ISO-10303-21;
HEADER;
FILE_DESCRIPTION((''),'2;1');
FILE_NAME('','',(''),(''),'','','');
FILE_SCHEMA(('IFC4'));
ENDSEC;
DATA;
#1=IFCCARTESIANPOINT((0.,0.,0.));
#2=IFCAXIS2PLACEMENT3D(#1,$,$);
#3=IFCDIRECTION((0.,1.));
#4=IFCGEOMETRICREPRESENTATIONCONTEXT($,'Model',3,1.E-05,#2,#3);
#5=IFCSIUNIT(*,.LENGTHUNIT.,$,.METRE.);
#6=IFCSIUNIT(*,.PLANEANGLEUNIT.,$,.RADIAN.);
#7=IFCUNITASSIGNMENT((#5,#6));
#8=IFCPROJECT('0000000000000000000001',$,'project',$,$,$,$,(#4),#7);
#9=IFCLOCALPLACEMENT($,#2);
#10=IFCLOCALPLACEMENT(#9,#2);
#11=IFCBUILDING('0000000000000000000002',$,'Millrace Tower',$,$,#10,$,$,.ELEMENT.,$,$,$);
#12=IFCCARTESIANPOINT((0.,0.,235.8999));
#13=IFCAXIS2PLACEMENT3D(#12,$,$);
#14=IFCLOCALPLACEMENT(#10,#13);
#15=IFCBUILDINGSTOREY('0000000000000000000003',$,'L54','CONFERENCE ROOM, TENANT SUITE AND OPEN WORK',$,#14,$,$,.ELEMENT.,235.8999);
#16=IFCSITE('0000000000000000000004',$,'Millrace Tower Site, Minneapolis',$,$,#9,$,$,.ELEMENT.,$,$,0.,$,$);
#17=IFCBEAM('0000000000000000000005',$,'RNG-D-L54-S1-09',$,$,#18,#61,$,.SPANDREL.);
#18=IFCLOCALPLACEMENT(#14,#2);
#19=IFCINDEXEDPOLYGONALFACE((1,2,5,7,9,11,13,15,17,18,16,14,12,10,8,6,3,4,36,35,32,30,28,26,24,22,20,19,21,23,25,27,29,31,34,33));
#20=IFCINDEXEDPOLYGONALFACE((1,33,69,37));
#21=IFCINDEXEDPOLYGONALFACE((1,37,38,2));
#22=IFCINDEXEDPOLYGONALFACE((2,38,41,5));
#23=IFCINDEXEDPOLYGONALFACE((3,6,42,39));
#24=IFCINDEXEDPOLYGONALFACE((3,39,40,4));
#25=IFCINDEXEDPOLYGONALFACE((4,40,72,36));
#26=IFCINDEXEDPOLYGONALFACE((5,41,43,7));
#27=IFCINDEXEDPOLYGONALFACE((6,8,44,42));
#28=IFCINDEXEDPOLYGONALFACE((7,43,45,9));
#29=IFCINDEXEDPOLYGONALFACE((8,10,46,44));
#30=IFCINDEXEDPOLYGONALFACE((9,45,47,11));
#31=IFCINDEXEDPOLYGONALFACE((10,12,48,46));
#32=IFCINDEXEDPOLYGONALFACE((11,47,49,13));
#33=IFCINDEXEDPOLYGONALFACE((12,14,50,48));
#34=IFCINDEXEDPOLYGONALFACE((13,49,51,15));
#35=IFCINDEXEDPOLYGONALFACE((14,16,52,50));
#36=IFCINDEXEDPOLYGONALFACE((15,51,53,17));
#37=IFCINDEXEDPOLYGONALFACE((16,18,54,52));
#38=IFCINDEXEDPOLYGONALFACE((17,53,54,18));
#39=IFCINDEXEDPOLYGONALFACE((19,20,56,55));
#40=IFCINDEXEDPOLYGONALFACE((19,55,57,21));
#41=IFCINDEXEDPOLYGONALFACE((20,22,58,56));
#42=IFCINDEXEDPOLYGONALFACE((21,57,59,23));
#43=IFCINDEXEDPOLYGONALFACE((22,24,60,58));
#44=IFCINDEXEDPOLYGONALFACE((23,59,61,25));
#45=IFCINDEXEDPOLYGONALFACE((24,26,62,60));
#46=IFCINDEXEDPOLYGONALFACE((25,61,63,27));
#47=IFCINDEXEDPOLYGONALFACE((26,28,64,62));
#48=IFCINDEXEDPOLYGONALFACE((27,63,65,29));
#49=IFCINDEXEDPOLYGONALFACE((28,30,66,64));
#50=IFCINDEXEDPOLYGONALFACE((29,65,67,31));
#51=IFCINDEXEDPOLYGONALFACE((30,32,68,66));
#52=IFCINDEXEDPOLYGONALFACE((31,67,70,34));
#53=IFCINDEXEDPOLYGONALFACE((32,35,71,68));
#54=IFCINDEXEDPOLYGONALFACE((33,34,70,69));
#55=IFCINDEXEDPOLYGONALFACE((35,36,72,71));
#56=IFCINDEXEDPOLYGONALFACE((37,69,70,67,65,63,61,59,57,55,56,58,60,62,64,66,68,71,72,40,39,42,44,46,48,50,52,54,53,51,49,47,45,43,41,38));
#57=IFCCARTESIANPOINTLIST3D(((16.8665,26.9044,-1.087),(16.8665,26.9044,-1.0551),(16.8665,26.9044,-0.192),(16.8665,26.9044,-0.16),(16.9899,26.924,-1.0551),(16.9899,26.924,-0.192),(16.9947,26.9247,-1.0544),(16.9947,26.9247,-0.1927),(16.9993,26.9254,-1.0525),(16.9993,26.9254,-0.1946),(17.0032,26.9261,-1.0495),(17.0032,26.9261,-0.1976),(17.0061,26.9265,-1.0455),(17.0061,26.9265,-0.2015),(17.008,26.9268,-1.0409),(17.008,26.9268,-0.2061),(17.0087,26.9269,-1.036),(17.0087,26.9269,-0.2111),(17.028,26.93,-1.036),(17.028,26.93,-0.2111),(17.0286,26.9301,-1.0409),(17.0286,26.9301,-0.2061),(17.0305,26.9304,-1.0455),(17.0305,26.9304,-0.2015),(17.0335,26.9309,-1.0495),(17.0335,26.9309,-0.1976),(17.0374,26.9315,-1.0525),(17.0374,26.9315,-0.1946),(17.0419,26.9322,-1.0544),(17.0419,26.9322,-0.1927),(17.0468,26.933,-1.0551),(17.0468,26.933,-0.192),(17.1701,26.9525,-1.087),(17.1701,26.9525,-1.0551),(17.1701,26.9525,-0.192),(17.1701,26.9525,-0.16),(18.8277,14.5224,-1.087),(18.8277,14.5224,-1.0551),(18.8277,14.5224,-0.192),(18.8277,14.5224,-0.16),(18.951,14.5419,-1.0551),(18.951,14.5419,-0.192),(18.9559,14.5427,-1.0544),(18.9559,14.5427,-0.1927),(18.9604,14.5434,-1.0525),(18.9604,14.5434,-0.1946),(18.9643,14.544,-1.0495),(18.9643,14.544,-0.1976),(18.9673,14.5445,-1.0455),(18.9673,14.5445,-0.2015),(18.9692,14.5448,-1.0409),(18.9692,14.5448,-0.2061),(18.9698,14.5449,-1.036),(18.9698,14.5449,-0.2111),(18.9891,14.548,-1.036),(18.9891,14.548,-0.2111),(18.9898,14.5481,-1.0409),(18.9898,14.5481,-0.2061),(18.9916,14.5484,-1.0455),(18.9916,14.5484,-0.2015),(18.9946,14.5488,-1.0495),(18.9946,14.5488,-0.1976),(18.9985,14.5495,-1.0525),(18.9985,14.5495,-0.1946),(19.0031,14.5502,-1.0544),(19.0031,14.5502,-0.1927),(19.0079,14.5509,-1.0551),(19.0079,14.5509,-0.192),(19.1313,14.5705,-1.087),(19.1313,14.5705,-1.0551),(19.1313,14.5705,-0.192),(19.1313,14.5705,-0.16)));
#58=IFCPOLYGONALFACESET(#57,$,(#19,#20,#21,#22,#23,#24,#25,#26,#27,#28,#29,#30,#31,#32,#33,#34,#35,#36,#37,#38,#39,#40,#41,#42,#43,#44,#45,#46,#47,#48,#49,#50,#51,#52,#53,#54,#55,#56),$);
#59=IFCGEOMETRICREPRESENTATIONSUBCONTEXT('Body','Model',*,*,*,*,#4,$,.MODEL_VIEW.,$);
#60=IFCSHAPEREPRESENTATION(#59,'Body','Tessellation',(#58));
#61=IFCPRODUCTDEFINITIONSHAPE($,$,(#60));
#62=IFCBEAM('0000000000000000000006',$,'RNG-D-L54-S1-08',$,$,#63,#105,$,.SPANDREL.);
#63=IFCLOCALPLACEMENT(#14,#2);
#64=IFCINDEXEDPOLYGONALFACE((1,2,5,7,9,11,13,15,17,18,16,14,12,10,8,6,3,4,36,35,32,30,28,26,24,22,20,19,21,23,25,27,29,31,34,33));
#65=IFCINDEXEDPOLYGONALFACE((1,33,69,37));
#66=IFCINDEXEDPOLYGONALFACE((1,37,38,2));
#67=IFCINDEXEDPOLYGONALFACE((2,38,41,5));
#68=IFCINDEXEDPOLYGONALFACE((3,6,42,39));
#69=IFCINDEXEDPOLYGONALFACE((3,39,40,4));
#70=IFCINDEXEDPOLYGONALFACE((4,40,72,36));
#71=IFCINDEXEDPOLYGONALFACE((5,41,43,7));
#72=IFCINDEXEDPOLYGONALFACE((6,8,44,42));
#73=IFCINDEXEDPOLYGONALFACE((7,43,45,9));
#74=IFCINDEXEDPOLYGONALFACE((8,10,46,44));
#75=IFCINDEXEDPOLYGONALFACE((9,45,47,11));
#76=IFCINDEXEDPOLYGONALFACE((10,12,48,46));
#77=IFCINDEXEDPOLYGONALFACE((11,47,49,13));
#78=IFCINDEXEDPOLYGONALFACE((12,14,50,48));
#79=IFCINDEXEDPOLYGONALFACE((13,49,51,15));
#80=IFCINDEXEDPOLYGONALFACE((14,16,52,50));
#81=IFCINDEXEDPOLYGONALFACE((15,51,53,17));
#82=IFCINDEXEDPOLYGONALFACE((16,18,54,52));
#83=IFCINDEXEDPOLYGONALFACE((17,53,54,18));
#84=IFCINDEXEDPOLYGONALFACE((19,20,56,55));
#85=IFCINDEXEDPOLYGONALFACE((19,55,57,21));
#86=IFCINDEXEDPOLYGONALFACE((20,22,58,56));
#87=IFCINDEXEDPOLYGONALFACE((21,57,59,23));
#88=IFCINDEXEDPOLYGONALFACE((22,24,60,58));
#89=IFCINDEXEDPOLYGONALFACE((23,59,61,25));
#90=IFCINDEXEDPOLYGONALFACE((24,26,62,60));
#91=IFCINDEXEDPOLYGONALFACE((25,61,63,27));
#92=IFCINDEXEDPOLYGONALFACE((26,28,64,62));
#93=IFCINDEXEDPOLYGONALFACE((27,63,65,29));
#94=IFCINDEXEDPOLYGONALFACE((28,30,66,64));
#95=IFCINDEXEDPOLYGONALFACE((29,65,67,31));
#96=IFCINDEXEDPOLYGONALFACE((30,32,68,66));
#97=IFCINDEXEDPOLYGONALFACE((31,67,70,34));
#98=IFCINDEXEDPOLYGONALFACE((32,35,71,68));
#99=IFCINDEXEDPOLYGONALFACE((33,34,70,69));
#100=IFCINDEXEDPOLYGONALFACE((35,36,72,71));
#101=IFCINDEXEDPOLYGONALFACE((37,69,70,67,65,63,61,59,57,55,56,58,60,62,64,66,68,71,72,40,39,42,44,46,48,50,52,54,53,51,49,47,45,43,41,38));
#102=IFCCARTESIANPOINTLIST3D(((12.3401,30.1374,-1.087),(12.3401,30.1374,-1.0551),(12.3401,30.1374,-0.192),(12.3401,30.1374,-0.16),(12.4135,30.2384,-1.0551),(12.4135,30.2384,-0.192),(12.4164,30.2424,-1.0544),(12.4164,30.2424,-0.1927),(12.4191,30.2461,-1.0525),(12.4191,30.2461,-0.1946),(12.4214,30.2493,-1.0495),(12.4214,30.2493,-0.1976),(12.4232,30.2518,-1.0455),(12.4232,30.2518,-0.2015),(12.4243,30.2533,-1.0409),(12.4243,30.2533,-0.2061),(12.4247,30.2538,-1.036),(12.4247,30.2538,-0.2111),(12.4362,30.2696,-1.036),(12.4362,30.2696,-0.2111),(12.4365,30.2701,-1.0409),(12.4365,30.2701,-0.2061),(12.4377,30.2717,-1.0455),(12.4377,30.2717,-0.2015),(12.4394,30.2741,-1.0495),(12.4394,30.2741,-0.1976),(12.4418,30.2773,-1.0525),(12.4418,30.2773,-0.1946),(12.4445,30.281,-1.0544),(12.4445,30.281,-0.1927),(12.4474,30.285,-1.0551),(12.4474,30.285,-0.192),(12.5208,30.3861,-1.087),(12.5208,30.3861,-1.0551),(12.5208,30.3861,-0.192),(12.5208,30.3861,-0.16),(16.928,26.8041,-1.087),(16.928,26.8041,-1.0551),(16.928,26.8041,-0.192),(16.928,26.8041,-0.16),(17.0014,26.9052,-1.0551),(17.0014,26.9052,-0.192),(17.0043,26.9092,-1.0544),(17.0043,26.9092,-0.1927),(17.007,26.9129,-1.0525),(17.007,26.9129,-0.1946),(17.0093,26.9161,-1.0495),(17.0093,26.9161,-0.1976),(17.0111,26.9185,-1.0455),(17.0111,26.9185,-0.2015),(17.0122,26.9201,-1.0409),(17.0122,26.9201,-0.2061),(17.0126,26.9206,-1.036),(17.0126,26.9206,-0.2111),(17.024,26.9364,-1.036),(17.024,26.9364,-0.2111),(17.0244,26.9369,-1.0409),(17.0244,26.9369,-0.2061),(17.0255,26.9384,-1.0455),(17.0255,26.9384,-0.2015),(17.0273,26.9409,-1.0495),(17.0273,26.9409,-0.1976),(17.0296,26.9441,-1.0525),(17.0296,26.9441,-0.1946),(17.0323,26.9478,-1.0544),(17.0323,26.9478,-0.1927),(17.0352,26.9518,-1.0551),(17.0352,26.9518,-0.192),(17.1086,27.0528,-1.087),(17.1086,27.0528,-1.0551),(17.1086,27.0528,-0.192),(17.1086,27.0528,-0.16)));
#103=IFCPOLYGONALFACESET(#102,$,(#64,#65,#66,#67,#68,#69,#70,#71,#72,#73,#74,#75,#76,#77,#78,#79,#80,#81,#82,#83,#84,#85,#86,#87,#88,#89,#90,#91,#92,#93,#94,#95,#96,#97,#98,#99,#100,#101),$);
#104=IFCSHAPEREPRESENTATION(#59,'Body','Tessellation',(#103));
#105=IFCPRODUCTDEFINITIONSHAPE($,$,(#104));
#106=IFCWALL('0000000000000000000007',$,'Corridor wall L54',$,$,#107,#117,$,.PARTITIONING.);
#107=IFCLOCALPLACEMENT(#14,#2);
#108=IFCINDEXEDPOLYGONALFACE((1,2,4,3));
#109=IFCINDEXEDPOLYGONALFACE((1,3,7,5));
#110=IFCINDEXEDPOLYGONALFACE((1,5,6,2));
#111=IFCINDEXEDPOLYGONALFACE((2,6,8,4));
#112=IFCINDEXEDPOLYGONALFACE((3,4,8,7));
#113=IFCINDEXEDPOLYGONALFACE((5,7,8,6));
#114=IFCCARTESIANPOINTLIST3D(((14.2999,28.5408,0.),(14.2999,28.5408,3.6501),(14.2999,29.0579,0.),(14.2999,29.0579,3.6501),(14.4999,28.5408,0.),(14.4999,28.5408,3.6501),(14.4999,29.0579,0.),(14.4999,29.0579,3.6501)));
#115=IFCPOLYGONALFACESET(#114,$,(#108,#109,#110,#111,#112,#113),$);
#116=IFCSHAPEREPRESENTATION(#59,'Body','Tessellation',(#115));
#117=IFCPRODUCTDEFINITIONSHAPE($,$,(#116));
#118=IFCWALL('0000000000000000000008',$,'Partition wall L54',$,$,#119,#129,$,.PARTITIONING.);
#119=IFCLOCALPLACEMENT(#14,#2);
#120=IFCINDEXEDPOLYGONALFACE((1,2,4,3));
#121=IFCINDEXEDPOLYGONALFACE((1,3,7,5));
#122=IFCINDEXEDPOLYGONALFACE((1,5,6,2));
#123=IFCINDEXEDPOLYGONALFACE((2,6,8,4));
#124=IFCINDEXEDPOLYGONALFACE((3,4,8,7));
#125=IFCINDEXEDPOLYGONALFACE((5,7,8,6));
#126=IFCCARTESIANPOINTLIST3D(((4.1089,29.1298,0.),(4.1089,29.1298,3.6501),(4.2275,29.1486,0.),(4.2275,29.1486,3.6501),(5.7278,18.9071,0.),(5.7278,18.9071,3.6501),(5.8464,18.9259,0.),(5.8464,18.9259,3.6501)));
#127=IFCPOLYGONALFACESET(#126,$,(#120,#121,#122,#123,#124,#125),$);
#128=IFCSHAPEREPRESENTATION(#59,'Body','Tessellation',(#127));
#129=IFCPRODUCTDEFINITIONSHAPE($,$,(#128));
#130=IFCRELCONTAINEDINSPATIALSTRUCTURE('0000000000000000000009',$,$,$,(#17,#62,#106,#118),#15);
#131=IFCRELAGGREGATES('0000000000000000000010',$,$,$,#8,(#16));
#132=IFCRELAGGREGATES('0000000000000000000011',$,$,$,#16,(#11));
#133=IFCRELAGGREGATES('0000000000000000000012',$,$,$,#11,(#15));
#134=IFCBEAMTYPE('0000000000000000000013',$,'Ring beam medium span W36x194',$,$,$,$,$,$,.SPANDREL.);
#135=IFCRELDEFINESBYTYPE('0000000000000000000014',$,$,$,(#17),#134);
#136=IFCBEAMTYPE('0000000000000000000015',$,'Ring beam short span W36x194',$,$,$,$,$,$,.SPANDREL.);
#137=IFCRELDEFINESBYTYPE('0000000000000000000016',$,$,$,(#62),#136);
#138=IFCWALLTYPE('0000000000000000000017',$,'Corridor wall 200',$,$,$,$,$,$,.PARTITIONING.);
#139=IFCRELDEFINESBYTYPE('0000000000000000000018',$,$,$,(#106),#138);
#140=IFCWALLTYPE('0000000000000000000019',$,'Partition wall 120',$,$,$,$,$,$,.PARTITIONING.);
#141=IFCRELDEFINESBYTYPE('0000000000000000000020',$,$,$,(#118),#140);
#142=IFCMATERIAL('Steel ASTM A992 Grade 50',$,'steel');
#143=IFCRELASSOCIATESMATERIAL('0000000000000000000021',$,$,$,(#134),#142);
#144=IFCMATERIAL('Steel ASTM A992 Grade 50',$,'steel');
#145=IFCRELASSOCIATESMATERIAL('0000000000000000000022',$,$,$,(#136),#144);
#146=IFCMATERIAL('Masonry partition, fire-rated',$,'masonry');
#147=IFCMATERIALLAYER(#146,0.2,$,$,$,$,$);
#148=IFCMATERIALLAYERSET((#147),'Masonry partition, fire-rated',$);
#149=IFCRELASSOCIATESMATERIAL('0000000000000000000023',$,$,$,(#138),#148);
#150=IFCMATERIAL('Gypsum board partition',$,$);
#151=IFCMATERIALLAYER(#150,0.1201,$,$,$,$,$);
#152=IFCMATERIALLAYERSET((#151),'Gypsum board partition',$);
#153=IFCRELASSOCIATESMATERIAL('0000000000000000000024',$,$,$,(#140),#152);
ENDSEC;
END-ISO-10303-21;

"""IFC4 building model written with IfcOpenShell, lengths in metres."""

from ifc_helpers import new_model, si_unit, direction, frame, frame_2d, origin, origin_2d, place, context, subcontext, project, spatial, rectangle, i_section, extrude, material, layer, layer_set, material_profile, profile_set, type_object, element, save


model = new_model("IFC4")

# Units and contexts
model_context = context("Model", 3, precision=1e-05, world=origin(), true_north=direction((0.0, 1.0)))
body_context = subcontext(model_context, "Body", "Model", "MODEL_VIEW")
ifc_project = project(units=[si_unit("LENGTHUNIT", "METRE"), si_unit("PLANEANGLEUNIT", "RADIAN")], contexts=[model_context])

# Site, building, storey
site_placement = place(None, origin())
site = spatial("IfcSite", under=ifc_project, at=site_placement, Name="Millrace Tower Site, Minneapolis", CompositionType="ELEMENT", RefElevation=0.0)
building_placement = place(site_placement, origin())
building = spatial("IfcBuilding", under=site, at=building_placement, Name="Millrace Tower", CompositionType="ELEMENT")
storey_placement = place(building_placement, frame((0.0, 0.0, 235.8999)))
storey = spatial("IfcBuildingStorey", under=building, at=storey_placement, Name="L54", Description="CONFERENCE ROOM, TENANT SUITE AND OPEN WORK", CompositionType="ELEMENT", Elevation=235.8999)

# Beams
ifc_material_1 = material(Name="Steel ASTM A992 Grade 50", Category="steel")
ifc_material_profile_1 = material_profile(ifc_material_1, i_section(OverallWidth=0.3074, OverallDepth=0.927, WebThickness=0.0195, FlangeThickness=0.032, FilletRadius=0.019, at=origin_2d()))
ifc_profile_set_1 = profile_set([ifc_material_profile_1], Name="Steel ASTM A992 Grade 50")
beam_type_1 = type_object("IfcBeamType", Name="Ring beam medium span W36x194", PredefinedType="SPANDREL", material=ifc_profile_set_1)
beam_1_placement = place(storey_placement, frame((17.0183, 26.9285, -0.6235), z_axis=(0.156439, -0.987688, 0.0), x_axis=(0.987688, 0.156439, 0.0)))
element("IfcBeam", 1, at=beam_1_placement, inside=storey, type_object=beam_type_1, Name="RNG-D-L54-S1-09", PredefinedType="SPANDREL", context=body_context, shape_type="SweptSolid", body=[
    extrude(i_section(OverallWidth=0.3074, OverallDepth=0.927, WebThickness=0.0195, FlangeThickness=0.032, FilletRadius=0.019, at=origin_2d()), origin(), (0.0, 0.0, 1.0), 12.5364),
])
ifc_material_2 = material(Name="Steel ASTM A992 Grade 50", Category="steel")
ifc_material_profile_2 = material_profile(ifc_material_2, i_section(OverallWidth=0.3074, OverallDepth=0.927, WebThickness=0.0195, FlangeThickness=0.032, FilletRadius=0.019, at=origin_2d()))
ifc_profile_set_2 = profile_set([ifc_material_profile_2], Name="Steel ASTM A992 Grade 50")
beam_type_2 = type_object("IfcBeamType", Name="Ring beam short span W36x194", PredefinedType="SPANDREL", material=ifc_profile_set_2)
beam_2_placement = place(storey_placement, frame((12.4304, 30.2617, -0.6235), z_axis=(0.809021, -0.58778, 0.0), x_axis=(0.58778, 0.809021, 0.0)))
element("IfcBeam", 2, at=beam_2_placement, inside=storey, type_object=beam_type_2, Name="RNG-D-L54-S1-08", PredefinedType="SPANDREL", context=body_context, shape_type="SweptSolid", body=[
    extrude(i_section(OverallWidth=0.3074, OverallDepth=0.927, WebThickness=0.0195, FlangeThickness=0.032, FilletRadius=0.019, at=origin_2d()), origin(), (0.0, 0.0, 1.0), 5.6709),
])

# Walls
ifc_material_3 = material(Name="Masonry partition, fire-rated", Category="masonry")
ifc_layer_1 = layer(ifc_material_3, 0.2)
ifc_layer_set_1 = layer_set([ifc_layer_1], Name="Masonry partition, fire-rated")
wall_type_1 = type_object("IfcWallType", Name="Corridor wall 200", PredefinedType="PARTITIONING", material=ifc_layer_set_1)
wall_1_placement = place(storey_placement, frame((14.3999, 28.5408, 0.0), z_axis=(0.0, 0.0, 1.0), x_axis=(0.0, 1.0, 0.0)))
element("IfcWall", 3, at=wall_1_placement, inside=storey, type_object=wall_type_1, Name="Corridor wall L54", PredefinedType="PARTITIONING", context=body_context, shape_type="SweptSolid", body=[
    extrude(rectangle(XDim=0.5171, YDim=0.2, at=frame_2d((0.2585, 0.0))), origin(), (0.0, 0.0, 1.0), 3.6501),
])
ifc_material_4 = material(Name="Gypsum board partition")
ifc_layer_2 = layer(ifc_material_4, 0.1201)
ifc_layer_set_2 = layer_set([ifc_layer_2], Name="Gypsum board partition")
wall_type_2 = type_object("IfcWallType", Name="Partition wall 120", PredefinedType="PARTITIONING", material=ifc_layer_set_2)
wall_2_placement = place(storey_placement, frame((4.1682, 29.1392, 0.0), z_axis=(0.0, 0.0, 1.0), x_axis=(0.156414, -0.987692, 0.0)))
element("IfcWall", 4, at=wall_2_placement, inside=storey, type_object=wall_type_2, Name="Partition wall L54", PredefinedType="PARTITIONING", context=body_context, shape_type="SweptSolid", body=[
    extrude(rectangle(XDim=10.3501, YDim=0.1201, at=frame_2d((5.175, 0.0))), origin(), (0.0, 0.0, 1.0), 3.6501),
])

save(model, "model.ifc")
